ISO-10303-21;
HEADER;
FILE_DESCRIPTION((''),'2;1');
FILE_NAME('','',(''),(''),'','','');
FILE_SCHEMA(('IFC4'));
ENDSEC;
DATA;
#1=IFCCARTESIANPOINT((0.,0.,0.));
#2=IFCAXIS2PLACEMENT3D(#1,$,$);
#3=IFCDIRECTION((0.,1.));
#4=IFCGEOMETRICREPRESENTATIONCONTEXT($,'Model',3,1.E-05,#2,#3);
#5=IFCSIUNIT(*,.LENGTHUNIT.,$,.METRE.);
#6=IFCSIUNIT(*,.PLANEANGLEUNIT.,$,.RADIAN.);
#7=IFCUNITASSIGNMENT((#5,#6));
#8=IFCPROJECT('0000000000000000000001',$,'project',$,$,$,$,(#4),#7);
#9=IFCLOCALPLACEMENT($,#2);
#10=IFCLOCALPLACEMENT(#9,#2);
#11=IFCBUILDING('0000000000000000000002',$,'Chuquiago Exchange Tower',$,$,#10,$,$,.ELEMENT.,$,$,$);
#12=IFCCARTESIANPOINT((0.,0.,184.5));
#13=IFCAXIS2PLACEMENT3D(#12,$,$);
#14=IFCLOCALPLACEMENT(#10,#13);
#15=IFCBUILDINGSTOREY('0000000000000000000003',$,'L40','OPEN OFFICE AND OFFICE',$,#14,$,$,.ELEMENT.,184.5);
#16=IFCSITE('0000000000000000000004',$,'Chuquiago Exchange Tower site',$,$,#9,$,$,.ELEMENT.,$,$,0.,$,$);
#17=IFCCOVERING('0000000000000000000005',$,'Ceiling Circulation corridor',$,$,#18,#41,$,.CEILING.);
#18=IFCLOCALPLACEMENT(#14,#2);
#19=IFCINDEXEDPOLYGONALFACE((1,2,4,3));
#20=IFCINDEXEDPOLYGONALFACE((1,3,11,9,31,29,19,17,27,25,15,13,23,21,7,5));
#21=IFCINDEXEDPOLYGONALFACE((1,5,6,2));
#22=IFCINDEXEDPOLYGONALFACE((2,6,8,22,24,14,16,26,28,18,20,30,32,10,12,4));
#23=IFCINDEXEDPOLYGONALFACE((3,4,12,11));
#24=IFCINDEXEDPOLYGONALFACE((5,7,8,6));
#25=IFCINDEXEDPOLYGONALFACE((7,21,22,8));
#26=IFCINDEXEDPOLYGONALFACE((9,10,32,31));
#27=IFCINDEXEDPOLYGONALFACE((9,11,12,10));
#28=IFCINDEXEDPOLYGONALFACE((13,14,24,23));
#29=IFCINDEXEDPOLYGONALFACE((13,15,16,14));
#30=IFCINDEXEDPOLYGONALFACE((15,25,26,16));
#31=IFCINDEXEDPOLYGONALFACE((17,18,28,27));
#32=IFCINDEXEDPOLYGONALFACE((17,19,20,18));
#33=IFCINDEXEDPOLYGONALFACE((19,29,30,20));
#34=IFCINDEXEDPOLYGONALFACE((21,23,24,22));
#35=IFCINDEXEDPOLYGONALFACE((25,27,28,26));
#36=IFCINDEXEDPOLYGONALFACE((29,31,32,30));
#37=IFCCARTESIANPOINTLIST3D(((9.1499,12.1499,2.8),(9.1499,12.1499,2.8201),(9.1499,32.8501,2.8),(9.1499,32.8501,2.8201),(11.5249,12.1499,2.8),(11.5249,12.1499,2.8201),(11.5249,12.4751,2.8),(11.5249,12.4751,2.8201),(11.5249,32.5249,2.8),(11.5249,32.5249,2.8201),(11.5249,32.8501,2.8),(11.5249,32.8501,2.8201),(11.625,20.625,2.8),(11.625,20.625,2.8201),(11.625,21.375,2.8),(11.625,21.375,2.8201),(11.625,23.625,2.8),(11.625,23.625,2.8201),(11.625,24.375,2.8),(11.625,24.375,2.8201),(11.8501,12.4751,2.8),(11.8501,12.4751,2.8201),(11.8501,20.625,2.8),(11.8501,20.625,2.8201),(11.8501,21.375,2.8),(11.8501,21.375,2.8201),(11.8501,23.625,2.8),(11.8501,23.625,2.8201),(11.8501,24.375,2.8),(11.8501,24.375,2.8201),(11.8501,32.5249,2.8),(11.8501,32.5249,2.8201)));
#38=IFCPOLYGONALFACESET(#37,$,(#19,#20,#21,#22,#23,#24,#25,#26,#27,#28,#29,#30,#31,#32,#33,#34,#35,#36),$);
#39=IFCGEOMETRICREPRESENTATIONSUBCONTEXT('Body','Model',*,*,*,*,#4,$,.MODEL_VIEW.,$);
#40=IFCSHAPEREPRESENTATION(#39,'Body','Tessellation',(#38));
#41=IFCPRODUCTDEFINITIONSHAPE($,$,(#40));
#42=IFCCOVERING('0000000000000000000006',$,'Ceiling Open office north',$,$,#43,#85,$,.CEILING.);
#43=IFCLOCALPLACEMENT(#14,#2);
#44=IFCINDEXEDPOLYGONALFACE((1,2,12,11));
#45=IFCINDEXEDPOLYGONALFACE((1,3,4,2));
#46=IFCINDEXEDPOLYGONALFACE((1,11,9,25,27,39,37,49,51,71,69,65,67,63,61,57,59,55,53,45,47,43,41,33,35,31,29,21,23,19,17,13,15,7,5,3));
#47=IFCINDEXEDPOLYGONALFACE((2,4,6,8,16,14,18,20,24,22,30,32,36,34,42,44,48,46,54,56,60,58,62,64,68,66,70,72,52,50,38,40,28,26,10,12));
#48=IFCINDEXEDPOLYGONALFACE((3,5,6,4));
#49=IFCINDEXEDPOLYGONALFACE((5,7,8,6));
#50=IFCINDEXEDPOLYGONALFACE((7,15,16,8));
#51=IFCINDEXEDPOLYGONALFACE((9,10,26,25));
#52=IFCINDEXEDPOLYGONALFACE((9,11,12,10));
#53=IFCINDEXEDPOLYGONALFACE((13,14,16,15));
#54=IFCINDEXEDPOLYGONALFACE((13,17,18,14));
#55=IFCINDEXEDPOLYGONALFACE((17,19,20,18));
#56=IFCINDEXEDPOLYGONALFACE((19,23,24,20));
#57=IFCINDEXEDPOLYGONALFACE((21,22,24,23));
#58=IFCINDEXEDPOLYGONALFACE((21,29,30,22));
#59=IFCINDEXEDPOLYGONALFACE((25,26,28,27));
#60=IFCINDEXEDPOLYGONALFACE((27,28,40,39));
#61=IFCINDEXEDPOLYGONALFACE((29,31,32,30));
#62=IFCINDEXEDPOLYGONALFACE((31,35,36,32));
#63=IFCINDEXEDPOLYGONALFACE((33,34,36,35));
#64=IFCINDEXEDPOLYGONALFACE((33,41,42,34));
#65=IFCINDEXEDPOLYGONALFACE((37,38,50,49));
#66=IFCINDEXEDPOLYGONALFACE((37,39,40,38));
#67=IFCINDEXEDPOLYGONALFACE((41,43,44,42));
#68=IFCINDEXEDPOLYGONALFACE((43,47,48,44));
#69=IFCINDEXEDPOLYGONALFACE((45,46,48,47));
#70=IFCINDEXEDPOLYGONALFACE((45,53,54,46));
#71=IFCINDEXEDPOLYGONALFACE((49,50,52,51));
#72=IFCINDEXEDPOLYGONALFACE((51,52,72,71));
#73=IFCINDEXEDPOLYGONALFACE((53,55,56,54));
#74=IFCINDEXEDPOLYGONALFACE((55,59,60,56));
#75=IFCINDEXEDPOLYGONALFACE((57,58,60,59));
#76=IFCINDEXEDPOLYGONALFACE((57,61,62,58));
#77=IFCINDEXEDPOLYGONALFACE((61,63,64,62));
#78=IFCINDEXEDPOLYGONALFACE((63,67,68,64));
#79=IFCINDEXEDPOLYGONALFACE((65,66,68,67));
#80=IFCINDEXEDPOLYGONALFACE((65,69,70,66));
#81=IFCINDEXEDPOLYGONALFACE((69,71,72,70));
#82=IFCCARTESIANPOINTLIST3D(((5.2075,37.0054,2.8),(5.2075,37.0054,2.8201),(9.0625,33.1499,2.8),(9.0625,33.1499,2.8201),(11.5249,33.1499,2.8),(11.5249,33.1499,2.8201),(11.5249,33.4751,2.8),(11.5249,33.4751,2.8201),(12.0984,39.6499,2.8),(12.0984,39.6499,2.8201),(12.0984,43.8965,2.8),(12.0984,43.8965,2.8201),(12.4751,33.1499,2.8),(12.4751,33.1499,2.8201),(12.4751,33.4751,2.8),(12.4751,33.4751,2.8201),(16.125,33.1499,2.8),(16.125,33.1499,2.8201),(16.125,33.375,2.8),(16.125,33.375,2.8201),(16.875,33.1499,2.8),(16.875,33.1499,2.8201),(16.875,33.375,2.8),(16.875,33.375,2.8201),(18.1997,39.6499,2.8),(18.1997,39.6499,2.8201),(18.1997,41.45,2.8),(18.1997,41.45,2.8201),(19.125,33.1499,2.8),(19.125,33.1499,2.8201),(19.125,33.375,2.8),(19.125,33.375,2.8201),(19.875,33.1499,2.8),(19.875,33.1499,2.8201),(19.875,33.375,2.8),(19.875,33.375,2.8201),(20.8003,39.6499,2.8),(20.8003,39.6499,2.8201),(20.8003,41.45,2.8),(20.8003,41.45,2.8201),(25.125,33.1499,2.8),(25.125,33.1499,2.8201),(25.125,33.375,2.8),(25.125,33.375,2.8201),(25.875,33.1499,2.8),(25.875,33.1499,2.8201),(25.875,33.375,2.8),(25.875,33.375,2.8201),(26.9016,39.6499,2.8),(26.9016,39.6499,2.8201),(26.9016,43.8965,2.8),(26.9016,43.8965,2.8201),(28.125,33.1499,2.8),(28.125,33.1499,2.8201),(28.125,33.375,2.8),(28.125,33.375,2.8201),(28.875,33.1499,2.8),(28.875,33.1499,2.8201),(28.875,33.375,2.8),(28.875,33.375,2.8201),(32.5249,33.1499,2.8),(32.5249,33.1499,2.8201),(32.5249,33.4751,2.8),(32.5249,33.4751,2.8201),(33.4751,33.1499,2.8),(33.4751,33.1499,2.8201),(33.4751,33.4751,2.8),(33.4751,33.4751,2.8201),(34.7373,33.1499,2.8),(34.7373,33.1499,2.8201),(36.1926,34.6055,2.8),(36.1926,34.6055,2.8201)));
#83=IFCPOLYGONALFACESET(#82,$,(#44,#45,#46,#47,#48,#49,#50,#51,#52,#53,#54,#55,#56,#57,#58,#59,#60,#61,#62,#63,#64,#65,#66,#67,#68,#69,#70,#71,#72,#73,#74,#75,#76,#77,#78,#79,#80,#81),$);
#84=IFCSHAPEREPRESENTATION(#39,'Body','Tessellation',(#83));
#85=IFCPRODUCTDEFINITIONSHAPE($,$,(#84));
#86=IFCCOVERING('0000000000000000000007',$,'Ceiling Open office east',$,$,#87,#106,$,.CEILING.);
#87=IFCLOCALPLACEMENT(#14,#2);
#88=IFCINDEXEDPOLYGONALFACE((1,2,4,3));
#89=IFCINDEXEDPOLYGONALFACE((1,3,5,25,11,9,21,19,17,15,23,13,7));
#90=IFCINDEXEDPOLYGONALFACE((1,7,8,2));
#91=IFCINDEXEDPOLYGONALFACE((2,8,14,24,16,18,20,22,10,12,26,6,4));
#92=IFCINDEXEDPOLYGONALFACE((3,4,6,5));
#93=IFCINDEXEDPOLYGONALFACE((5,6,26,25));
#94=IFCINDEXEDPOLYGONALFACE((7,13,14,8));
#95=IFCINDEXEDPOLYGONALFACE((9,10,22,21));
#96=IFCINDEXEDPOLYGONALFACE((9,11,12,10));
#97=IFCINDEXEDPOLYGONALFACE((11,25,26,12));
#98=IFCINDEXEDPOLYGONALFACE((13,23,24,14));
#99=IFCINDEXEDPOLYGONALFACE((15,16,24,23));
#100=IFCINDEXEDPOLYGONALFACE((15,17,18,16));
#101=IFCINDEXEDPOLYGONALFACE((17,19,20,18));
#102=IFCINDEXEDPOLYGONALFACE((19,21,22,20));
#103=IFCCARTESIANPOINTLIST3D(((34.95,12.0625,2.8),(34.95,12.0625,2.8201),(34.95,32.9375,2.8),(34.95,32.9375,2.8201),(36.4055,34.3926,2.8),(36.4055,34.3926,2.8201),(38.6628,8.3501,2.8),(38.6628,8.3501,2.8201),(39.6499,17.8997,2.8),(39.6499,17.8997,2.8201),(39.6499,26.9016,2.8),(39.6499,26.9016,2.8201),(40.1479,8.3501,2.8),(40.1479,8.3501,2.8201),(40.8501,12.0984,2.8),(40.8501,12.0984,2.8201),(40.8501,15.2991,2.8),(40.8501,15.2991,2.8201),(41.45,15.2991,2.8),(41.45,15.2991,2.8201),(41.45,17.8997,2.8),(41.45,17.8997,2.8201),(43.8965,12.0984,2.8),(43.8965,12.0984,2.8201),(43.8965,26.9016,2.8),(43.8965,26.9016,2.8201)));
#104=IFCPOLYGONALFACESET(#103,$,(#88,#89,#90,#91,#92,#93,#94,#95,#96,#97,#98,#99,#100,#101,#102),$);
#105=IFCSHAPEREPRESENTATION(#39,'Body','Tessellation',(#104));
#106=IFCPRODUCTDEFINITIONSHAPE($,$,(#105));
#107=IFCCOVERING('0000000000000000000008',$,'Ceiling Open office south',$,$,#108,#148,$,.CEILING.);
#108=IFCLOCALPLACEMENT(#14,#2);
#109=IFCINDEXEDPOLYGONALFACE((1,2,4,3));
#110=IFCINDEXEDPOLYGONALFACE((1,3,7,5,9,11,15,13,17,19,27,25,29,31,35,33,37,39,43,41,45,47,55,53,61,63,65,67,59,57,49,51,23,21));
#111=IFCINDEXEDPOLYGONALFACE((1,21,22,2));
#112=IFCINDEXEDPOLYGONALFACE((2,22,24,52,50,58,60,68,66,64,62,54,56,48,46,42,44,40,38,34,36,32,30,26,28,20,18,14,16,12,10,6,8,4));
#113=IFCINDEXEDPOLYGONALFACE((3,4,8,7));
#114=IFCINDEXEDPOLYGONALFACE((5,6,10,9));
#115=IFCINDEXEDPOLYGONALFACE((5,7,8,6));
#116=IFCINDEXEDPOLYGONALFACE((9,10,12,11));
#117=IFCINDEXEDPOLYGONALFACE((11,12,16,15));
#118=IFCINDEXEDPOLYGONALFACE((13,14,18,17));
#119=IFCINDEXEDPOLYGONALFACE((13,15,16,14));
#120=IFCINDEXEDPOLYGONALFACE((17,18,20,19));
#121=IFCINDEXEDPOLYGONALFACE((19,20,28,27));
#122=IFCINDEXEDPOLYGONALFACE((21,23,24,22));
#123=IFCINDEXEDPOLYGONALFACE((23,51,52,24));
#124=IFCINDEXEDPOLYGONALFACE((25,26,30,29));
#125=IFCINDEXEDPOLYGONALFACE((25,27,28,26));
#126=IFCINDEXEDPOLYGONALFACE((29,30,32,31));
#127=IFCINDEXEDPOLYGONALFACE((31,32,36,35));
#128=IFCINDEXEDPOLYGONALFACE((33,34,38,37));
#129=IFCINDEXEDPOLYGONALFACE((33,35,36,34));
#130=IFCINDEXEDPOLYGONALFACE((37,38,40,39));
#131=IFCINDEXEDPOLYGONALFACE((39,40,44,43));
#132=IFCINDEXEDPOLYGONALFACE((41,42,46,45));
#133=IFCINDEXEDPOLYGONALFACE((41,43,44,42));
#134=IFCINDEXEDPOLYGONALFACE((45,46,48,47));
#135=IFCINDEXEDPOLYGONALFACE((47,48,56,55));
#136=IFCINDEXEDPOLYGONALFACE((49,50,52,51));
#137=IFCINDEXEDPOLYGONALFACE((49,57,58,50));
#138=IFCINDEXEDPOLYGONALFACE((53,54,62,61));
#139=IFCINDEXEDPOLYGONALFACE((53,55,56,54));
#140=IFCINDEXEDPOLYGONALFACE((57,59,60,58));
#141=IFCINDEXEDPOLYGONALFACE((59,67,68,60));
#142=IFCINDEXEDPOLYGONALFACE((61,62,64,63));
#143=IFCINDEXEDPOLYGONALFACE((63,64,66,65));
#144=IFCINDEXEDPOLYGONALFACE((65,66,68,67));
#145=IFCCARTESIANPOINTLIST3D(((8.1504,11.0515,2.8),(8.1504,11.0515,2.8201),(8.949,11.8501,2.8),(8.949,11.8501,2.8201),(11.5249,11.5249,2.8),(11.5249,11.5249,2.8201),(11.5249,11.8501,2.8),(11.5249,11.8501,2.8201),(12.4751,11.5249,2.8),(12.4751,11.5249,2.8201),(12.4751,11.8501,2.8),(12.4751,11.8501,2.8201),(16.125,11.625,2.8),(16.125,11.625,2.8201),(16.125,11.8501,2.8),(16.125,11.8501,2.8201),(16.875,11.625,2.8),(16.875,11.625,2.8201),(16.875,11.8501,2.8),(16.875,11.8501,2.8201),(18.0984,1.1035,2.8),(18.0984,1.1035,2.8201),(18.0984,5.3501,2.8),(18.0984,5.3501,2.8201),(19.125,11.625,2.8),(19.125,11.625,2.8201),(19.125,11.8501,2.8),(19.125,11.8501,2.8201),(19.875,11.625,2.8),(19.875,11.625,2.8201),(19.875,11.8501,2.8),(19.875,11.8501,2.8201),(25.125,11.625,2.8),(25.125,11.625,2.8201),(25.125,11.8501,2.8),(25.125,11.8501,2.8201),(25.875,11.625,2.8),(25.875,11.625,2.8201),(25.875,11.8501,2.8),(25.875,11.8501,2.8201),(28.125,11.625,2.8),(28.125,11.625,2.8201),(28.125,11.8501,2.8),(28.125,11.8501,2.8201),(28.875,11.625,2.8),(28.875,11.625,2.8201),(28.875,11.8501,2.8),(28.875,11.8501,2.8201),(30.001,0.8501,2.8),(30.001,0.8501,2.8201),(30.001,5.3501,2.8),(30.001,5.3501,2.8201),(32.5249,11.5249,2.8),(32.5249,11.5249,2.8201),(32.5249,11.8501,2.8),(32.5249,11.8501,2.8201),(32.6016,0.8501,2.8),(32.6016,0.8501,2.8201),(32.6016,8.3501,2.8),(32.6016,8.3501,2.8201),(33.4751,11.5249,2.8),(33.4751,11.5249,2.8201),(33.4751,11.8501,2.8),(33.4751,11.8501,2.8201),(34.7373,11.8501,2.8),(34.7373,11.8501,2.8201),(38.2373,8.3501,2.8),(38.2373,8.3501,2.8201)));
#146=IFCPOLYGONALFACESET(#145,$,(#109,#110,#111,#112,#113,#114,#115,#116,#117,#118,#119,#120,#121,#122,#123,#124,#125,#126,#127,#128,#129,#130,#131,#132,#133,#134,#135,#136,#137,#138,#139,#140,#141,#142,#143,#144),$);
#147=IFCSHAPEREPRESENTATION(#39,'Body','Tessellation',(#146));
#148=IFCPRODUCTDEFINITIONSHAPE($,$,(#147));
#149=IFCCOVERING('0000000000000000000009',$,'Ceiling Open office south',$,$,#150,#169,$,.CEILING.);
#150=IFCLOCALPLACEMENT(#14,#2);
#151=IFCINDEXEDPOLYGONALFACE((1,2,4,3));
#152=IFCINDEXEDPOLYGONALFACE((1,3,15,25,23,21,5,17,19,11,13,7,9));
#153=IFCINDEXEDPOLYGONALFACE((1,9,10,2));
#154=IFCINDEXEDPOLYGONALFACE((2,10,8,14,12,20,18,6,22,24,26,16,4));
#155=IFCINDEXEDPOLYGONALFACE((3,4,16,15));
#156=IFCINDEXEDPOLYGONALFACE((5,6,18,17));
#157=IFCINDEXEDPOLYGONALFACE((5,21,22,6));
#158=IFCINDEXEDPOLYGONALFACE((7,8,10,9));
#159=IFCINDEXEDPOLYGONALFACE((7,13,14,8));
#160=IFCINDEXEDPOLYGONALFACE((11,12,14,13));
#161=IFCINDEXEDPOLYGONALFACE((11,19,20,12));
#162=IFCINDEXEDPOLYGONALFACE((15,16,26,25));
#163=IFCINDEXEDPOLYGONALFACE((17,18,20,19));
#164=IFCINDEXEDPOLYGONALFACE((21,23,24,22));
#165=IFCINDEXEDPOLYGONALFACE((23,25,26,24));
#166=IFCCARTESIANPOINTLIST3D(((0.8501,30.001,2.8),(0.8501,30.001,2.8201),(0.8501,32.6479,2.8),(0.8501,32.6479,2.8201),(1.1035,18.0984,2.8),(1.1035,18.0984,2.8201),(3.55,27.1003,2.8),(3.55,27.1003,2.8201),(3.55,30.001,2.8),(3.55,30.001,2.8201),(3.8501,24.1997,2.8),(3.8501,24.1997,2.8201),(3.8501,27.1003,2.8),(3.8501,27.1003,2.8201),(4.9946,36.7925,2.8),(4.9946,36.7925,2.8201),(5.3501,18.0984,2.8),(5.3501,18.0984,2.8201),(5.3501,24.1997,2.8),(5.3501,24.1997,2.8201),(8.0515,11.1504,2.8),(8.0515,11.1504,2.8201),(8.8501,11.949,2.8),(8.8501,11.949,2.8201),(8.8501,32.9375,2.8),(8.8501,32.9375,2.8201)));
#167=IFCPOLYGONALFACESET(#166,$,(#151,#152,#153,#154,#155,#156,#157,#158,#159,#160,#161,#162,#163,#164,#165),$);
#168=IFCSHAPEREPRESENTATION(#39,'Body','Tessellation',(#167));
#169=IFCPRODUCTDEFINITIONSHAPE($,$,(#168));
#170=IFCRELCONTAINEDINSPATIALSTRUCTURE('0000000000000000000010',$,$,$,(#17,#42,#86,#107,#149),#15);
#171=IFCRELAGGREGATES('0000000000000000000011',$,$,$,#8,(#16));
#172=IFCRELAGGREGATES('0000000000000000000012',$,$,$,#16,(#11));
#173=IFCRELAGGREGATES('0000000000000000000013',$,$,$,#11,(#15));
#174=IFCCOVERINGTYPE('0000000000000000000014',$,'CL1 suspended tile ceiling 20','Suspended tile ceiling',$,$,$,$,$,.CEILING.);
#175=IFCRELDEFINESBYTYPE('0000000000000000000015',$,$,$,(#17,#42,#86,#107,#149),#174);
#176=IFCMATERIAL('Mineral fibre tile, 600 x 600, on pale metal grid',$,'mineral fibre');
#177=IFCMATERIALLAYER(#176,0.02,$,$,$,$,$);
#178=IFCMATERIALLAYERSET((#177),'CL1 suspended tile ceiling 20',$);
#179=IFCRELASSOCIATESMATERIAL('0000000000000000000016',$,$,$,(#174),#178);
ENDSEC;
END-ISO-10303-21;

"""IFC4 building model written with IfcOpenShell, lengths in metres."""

from ifc_helpers import new_model, si_unit, direction, frame, origin, place, context, subcontext, project, spatial, polyline, outline, extrude, material, layer, layer_set, type_object, element, save


model = new_model("IFC4")

# Units and contexts
model_context = context("Model", 3, precision=1e-05, world=origin(), true_north=direction((0.0, 1.0)))
body_context = subcontext(model_context, "Body", "Model", "MODEL_VIEW")
ifc_project = project(units=[si_unit("LENGTHUNIT", "METRE"), si_unit("PLANEANGLEUNIT", "RADIAN")], contexts=[model_context])

# Site, building, storey
site_placement = place(None, origin())
site = spatial("IfcSite", under=ifc_project, at=site_placement, Name="Chuquiago Exchange Tower site", CompositionType="ELEMENT", RefElevation=0.0)
building_placement = place(site_placement, origin())
building = spatial("IfcBuilding", under=site, at=building_placement, Name="Chuquiago Exchange Tower", CompositionType="ELEMENT")
storey_placement = place(building_placement, frame((0.0, 0.0, 184.5)))
storey = spatial("IfcBuildingStorey", under=building, at=storey_placement, Name="L40", Description="OPEN OFFICE AND OFFICE", CompositionType="ELEMENT", Elevation=184.5)

# Coverings
ifc_material_1 = material(Name="Mineral fibre tile, 600 x 600, on pale metal grid", Category="mineral fibre")
ifc_layer_1 = layer(ifc_material_1, 0.02)
ifc_layer_set_1 = layer_set([ifc_layer_1], Name="CL1 suspended tile ceiling 20")
covering_type_1 = type_object("IfcCoveringType", Name="CL1 suspended tile ceiling 20", Description="Suspended tile ceiling", PredefinedType="CEILING", material=ifc_layer_set_1)
covering_1_placement = place(storey_placement, frame((0.0, 0.0, 2.8)))
element("IfcCovering", 1, at=covering_1_placement, inside=storey, type_object=covering_type_1, Name="Ceiling Circulation corridor", PredefinedType="CEILING", context=body_context, shape_type="SweptSolid", body=[
    extrude(outline(polyline([(9.1499, 12.1499), (9.1499, 32.8501), (11.5249, 32.8501), (11.5249, 32.5249), (11.8501, 32.5249), (11.8501, 24.375), (11.625, 24.375), (11.625, 23.625), (11.8501, 23.625), (11.8501, 21.375), (11.625, 21.375), (11.625, 20.625), (11.8501, 20.625), (11.8501, 12.4751), (11.5249, 12.4751), (11.5249, 12.1499), (9.1499, 12.1499)])), origin(), (0.0, 0.0, 1.0), 0.02),
])
covering_2_placement = place(storey_placement, frame((0.0, 0.0, 2.8)))
element("IfcCovering", 2, at=covering_2_placement, inside=storey, type_object=covering_type_1, Name="Ceiling Open office north", PredefinedType="CEILING", context=body_context, shape_type="SweptSolid", body=[
    extrude(outline(polyline([(12.0984, 39.6499), (18.1997, 39.6499), (18.1997, 41.45), (20.8003, 41.45), (20.8003, 39.6499), (26.9016, 39.6499), (26.9016, 43.8965), (36.1926, 34.6055), (34.7373, 33.1499), (33.4751, 33.1499), (33.4751, 33.4751), (32.5249, 33.4751), (32.5249, 33.1499), (28.875, 33.1499), (28.875, 33.375), (28.125, 33.375), (28.125, 33.1499), (25.875, 33.1499), (25.875, 33.375), (25.125, 33.375), (25.125, 33.1499), (19.875, 33.1499), (19.875, 33.375), (19.125, 33.375), (19.125, 33.1499), (16.875, 33.1499), (16.875, 33.375), (16.125, 33.375), (16.125, 33.1499), (12.4751, 33.1499), (12.4751, 33.4751), (11.5249, 33.4751), (11.5249, 33.1499), (9.0625, 33.1499), (5.2075, 37.0054), (12.0984, 43.8965), (12.0984, 39.6499)])), origin(), (0.0, 0.0, 1.0), 0.02),
])
covering_3_placement = place(storey_placement, frame((0.0, 0.0, 2.8)))
element("IfcCovering", 3, at=covering_3_placement, inside=storey, type_object=covering_type_1, Name="Ceiling Open office east", PredefinedType="CEILING", context=body_context, shape_type="SweptSolid", body=[
    extrude(outline(polyline([(40.1479, 8.3501), (38.6628, 8.3501), (34.95, 12.0625), (34.95, 32.9375), (36.4055, 34.3926), (43.8965, 26.9016), (39.6499, 26.9016), (39.6499, 17.8997), (41.45, 17.8997), (41.45, 15.2991), (40.8501, 15.2991), (40.8501, 12.0984), (43.8965, 12.0984), (40.1479, 8.3501)])), origin(), (0.0, 0.0, 1.0), 0.02),
])
covering_4_placement = place(storey_placement, frame((0.0, 0.0, 2.8)))
element("IfcCovering", 4, at=covering_4_placement, inside=storey, type_object=covering_type_1, Name="Ceiling Open office south", PredefinedType="CEILING", context=body_context, shape_type="SweptSolid", body=[
    extrude(outline(polyline([(30.001, 0.8501), (30.001, 5.3501), (18.0984, 5.3501), (18.0984, 1.1035), (8.1504, 11.0515), (8.949, 11.8501), (11.5249, 11.8501), (11.5249, 11.5249), (12.4751, 11.5249), (12.4751, 11.8501), (16.125, 11.8501), (16.125, 11.625), (16.875, 11.625), (16.875, 11.8501), (19.125, 11.8501), (19.125, 11.625), (19.875, 11.625), (19.875, 11.8501), (25.125, 11.8501), (25.125, 11.625), (25.875, 11.625), (25.875, 11.8501), (28.125, 11.8501), (28.125, 11.625), (28.875, 11.625), (28.875, 11.8501), (32.5249, 11.8501), (32.5249, 11.5249), (33.4751, 11.5249), (33.4751, 11.8501), (34.7373, 11.8501), (38.2373, 8.3501), (32.6016, 8.3501), (32.6016, 0.8501), (30.001, 0.8501)])), origin(), (0.0, 0.0, 1.0), 0.02),
])
covering_5_placement = place(storey_placement, frame((0.0, 0.0, 2.8)))
element("IfcCovering", 5, at=covering_5_placement, inside=storey, type_object=covering_type_1, Name="Ceiling Open office south", PredefinedType="CEILING", context=body_context, shape_type="SweptSolid", body=[
    extrude(outline(polyline([(1.1035, 18.0984), (5.3501, 18.0984), (5.3501, 24.1997), (3.8501, 24.1997), (3.8501, 27.1003), (3.55, 27.1003), (3.55, 30.001), (0.8501, 30.001), (0.8501, 32.6479), (4.9946, 36.7925), (8.8501, 32.9375), (8.8501, 11.949), (8.0515, 11.1504), (1.1035, 18.0984)])), origin(), (0.0, 0.0, 1.0), 0.02),
])

save(model, "model.ifc")
